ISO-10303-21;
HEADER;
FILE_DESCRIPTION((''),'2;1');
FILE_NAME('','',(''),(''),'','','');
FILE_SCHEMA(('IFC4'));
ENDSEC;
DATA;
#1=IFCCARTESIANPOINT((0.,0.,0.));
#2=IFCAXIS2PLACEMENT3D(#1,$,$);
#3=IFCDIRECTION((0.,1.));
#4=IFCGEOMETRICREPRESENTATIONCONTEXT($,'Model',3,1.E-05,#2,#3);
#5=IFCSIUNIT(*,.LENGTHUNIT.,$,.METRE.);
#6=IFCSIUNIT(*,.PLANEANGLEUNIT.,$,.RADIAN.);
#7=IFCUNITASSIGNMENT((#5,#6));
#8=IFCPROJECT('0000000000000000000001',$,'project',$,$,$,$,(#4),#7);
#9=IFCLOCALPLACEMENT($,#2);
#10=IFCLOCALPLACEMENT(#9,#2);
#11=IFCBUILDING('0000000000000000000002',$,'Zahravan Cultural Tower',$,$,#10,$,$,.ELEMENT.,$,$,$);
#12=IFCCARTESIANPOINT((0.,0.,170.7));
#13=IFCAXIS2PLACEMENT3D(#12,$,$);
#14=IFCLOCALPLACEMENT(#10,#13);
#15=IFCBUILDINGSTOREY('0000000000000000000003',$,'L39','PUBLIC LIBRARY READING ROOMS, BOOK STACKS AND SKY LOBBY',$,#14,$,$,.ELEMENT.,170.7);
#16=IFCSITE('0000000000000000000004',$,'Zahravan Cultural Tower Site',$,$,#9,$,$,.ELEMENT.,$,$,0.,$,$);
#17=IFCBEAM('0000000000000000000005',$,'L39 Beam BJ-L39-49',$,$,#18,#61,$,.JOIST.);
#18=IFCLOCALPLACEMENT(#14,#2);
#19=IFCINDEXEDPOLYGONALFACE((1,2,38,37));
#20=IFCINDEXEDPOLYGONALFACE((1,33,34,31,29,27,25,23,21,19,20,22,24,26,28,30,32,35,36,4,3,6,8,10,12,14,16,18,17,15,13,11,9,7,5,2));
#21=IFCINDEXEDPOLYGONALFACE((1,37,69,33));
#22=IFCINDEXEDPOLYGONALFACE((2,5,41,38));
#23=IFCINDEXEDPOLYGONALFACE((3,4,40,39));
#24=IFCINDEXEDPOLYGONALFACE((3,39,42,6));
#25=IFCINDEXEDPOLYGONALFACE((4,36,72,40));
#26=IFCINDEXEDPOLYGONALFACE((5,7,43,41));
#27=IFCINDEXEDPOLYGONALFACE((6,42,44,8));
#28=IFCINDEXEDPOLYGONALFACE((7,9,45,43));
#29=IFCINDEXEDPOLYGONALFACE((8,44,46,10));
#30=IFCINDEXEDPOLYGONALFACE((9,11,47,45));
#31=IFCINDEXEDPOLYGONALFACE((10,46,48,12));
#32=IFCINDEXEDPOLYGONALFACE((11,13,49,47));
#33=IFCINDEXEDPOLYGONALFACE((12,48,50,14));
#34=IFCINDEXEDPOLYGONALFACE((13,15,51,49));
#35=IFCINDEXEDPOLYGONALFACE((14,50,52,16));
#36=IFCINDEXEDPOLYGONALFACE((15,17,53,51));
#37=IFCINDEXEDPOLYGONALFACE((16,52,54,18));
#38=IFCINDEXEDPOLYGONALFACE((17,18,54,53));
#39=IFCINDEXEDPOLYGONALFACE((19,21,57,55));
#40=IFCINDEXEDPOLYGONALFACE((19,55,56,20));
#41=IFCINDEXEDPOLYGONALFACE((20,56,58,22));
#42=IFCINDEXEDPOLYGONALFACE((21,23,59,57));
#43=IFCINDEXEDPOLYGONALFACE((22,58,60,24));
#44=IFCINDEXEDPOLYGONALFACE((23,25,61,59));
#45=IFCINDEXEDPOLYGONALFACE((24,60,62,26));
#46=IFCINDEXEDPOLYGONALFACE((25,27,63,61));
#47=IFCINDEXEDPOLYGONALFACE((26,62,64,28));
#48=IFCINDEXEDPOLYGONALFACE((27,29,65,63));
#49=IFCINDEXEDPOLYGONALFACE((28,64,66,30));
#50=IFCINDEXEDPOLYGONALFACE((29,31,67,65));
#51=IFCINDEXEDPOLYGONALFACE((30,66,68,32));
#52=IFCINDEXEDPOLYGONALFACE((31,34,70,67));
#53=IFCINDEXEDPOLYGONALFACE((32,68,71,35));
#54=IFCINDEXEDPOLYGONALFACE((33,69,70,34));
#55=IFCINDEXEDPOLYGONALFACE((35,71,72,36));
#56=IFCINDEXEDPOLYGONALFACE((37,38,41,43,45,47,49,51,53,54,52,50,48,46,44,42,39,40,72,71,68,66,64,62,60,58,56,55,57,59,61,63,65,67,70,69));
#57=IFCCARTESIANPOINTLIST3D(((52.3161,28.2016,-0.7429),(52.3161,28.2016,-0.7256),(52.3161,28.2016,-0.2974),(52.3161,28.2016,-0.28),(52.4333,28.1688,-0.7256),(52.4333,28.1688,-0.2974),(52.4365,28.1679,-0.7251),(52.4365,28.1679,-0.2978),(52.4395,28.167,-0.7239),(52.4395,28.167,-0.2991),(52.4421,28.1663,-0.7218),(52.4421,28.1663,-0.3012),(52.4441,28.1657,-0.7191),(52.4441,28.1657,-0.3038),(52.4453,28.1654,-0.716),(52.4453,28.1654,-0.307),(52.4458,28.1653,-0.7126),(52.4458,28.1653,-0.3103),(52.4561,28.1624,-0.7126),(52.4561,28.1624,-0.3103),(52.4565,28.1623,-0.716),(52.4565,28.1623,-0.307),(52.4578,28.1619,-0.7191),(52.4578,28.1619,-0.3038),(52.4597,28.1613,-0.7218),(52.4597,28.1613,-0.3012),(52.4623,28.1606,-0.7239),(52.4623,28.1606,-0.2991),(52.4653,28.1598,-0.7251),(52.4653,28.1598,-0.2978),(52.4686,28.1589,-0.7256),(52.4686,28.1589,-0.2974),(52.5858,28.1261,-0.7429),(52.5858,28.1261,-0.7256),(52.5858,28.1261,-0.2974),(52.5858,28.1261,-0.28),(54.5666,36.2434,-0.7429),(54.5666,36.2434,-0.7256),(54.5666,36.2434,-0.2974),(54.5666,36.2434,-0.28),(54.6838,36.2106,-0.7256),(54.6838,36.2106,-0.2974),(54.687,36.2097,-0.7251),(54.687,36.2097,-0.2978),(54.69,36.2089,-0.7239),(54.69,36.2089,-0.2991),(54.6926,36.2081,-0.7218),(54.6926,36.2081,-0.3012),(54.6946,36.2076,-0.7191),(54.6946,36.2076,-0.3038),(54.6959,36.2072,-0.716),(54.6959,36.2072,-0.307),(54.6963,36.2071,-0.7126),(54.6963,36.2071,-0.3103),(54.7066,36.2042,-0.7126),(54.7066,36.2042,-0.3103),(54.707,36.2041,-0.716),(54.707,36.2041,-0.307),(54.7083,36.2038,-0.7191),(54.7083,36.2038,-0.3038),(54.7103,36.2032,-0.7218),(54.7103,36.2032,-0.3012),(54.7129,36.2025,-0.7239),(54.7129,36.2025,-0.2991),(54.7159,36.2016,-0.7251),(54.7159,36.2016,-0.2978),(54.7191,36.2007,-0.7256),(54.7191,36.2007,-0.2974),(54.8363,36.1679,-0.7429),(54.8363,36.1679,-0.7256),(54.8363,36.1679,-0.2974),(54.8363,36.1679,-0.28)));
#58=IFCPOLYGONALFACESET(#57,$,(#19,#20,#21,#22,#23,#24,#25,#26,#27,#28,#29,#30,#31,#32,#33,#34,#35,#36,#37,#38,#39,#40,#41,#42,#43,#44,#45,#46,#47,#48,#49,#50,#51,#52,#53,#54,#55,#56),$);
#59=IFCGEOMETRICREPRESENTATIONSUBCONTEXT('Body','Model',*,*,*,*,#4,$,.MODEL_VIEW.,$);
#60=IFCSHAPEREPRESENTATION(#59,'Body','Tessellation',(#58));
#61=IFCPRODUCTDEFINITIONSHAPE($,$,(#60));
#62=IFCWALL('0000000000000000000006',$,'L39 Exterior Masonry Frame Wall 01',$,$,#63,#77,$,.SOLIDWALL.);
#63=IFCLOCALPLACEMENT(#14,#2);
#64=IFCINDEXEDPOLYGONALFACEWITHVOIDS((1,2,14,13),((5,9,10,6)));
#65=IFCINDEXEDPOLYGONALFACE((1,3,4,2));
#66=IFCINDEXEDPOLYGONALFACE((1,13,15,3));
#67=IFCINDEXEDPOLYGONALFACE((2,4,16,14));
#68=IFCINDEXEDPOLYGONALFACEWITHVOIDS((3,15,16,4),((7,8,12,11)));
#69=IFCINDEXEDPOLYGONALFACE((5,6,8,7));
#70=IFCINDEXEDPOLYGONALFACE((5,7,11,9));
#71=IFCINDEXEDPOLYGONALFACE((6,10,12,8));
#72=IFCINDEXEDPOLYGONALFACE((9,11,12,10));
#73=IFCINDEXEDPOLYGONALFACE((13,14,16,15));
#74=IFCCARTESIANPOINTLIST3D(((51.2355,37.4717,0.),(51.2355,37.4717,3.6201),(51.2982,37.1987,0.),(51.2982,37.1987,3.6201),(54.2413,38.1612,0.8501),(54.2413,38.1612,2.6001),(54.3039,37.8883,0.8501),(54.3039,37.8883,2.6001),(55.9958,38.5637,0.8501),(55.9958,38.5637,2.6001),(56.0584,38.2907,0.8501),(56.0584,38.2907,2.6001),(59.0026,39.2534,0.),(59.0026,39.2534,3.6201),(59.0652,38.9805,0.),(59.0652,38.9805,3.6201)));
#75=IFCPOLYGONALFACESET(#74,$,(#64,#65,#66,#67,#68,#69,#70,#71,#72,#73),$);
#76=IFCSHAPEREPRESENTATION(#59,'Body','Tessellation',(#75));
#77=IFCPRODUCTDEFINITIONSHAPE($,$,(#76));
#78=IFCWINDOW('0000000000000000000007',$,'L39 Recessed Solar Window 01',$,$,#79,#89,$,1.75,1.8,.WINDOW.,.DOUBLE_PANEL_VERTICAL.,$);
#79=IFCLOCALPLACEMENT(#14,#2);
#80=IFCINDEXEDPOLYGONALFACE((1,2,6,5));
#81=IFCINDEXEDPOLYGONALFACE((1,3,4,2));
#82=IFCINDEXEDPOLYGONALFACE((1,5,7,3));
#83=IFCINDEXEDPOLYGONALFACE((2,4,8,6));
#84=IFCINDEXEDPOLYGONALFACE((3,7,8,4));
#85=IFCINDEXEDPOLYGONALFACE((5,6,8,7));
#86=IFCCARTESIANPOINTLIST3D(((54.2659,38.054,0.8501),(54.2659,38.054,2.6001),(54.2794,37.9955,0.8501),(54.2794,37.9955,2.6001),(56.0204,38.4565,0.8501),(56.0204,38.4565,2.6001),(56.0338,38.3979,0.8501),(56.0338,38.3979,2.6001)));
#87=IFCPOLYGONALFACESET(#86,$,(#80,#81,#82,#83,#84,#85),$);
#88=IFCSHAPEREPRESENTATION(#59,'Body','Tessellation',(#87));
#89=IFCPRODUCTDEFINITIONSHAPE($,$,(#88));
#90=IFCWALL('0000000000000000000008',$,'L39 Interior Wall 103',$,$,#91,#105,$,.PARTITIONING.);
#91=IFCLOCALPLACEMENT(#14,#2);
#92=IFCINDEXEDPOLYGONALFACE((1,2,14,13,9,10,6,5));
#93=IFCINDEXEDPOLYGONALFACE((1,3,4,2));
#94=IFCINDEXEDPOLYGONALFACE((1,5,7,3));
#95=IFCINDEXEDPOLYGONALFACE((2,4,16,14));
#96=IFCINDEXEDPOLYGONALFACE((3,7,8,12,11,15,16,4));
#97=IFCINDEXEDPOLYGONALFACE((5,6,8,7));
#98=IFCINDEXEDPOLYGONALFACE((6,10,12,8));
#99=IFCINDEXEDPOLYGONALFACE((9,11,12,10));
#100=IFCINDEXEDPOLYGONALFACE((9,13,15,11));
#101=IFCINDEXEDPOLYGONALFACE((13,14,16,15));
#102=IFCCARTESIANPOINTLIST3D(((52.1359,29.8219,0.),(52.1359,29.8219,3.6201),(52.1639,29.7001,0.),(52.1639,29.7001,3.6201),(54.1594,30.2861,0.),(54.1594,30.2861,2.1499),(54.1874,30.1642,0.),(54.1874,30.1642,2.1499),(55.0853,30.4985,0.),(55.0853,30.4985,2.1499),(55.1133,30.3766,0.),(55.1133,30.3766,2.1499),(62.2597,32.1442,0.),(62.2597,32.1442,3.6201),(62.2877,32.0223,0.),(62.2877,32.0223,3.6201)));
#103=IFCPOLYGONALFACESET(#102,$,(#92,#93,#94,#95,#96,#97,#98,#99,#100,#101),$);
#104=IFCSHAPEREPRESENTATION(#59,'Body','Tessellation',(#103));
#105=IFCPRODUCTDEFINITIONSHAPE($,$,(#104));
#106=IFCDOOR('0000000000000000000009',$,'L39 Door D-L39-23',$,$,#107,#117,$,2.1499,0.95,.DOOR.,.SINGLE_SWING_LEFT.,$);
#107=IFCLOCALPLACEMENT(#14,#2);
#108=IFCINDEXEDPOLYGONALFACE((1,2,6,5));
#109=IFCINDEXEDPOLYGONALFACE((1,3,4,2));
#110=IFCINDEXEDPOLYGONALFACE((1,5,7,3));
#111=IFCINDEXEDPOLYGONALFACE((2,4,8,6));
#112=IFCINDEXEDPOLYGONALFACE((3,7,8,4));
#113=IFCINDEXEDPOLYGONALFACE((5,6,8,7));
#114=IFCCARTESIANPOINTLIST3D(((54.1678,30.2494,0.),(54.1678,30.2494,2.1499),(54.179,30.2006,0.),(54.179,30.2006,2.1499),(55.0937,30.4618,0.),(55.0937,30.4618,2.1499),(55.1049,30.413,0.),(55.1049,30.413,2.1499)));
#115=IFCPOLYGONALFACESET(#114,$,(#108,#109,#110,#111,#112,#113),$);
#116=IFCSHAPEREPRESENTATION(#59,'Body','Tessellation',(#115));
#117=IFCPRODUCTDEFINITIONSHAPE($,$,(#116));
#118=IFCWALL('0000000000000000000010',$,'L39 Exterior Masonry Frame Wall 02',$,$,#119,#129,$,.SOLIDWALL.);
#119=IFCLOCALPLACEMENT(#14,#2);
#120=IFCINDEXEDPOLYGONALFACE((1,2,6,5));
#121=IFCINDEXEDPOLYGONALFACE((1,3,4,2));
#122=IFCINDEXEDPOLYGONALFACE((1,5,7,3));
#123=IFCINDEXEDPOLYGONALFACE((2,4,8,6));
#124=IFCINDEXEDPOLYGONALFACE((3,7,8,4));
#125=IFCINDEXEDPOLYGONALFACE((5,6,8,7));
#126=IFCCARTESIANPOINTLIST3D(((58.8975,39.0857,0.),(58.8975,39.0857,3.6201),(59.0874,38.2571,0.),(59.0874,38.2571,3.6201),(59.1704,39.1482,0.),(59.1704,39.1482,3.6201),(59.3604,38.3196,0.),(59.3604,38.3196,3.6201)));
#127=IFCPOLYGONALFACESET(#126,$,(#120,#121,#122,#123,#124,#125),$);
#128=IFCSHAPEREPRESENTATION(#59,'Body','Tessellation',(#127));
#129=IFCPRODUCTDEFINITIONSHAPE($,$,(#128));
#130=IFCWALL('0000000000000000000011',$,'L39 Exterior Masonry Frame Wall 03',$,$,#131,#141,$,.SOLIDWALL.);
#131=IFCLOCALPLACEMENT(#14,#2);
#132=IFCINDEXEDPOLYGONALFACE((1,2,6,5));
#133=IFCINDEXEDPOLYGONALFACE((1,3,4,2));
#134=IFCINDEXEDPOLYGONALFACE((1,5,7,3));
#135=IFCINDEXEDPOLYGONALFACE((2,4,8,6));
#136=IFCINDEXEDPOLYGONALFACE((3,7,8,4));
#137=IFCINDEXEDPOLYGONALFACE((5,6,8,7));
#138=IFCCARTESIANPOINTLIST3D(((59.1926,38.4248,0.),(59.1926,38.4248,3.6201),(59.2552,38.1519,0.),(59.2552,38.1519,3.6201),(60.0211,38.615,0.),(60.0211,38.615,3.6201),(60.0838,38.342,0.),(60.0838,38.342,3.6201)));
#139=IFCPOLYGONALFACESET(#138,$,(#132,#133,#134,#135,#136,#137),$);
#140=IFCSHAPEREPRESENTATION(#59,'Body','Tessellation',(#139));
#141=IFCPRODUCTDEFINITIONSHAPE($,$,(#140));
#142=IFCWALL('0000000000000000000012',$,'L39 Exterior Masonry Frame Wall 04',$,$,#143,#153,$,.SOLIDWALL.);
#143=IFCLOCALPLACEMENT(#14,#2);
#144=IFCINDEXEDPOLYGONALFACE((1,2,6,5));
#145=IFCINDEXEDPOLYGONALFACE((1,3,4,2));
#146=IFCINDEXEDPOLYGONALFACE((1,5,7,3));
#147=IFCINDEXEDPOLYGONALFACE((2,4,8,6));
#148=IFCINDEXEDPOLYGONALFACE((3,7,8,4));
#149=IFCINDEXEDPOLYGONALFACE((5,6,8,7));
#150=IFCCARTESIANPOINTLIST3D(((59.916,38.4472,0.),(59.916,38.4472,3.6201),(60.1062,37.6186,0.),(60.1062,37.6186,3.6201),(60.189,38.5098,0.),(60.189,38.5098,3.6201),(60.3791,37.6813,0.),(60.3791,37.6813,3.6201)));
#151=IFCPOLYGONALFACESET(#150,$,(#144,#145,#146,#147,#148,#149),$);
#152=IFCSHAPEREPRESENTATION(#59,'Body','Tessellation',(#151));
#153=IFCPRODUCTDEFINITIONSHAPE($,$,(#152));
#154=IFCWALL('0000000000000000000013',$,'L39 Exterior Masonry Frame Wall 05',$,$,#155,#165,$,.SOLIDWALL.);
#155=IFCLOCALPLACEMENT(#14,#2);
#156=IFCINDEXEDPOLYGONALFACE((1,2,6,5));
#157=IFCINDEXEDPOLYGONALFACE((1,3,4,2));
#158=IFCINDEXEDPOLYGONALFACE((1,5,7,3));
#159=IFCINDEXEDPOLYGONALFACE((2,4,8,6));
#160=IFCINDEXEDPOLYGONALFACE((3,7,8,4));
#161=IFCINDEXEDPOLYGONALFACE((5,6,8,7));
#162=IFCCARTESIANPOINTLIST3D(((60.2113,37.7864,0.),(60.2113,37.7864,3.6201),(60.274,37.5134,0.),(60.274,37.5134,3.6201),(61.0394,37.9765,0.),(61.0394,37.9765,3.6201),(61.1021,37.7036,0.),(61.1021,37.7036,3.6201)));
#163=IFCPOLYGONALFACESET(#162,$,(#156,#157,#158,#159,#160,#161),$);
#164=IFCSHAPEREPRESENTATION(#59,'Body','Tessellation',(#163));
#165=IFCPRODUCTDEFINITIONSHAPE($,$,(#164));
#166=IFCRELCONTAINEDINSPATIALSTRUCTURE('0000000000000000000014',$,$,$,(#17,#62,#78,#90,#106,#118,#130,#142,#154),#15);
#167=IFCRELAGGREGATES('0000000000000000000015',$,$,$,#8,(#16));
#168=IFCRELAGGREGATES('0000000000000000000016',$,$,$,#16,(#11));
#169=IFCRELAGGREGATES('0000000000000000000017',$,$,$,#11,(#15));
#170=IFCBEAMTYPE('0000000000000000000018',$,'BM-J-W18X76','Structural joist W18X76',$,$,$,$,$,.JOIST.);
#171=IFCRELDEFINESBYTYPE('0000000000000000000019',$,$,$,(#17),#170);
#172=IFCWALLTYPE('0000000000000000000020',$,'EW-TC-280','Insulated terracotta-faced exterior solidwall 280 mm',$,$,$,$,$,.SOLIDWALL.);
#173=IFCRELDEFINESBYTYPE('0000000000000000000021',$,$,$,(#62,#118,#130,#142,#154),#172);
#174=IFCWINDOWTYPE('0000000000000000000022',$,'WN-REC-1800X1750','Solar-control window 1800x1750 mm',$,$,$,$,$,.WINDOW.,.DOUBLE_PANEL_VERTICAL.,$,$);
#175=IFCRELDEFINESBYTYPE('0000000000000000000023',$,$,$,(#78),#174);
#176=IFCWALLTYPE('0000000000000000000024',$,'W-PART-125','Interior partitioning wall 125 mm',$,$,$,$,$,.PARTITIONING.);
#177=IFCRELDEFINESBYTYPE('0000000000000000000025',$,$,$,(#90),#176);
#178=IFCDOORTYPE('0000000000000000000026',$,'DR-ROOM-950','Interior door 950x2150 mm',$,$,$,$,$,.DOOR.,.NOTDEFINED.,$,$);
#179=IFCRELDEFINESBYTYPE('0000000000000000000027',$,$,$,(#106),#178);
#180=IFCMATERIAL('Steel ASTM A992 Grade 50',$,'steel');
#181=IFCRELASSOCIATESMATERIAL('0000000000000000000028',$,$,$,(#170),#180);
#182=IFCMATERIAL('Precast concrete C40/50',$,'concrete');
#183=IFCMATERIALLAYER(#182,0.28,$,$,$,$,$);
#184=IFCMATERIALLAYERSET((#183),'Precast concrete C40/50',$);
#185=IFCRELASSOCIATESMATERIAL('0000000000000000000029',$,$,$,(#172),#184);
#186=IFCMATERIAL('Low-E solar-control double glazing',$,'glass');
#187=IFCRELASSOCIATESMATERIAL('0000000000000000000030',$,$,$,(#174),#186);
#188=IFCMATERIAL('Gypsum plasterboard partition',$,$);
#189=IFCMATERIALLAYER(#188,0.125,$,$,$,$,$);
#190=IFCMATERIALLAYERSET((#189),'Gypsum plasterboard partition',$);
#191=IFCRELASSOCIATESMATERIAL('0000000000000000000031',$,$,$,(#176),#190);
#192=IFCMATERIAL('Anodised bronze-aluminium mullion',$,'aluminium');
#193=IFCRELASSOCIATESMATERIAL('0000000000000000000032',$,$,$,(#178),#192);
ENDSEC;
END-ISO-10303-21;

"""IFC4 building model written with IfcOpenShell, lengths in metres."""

from ifc_helpers import new_model, si_unit, direction, frame, frame_2d, origin, origin_2d, place, context, subcontext, project, spatial, rectangle, i_section, extrude, source, transform, mapped, material, layer, layer_set, material_profile, profile_set, type_object, element, fill, save


model = new_model("IFC4")

# Units and contexts
model_context = context("Model", 3, precision=1e-05, world=origin(), true_north=direction((0.0, 1.0)))
body_context = subcontext(model_context, "Body", "Model", "MODEL_VIEW")
ifc_project = project(units=[si_unit("LENGTHUNIT", "METRE"), si_unit("PLANEANGLEUNIT", "RADIAN")], contexts=[model_context])

# Site, building, storey
site_placement = place(None, origin())
site = spatial("IfcSite", under=ifc_project, at=site_placement, Name="Zahravan Cultural Tower Site", CompositionType="ELEMENT", RefElevation=0.0)
building_placement = place(site_placement, origin())
building = spatial("IfcBuilding", under=site, at=building_placement, Name="Zahravan Cultural Tower", CompositionType="ELEMENT")
storey_placement = place(building_placement, frame((0.0, 0.0, 170.7)))
storey = spatial("IfcBuildingStorey", under=building, at=storey_placement, Name="L39", Description="PUBLIC LIBRARY READING ROOMS, BOOK STACKS AND SKY LOBBY", CompositionType="ELEMENT", Elevation=170.7)

# Shared definitions
ifc_material_1 = material(Name="Steel ASTM A992 Grade 50", Category="steel")

# Beam
ifc_material_profile_1 = material_profile(ifc_material_1, i_section(OverallWidth=0.28, OverallDepth=0.4629, WebThickness=0.0107, FlangeThickness=0.0173, FilletRadius=0.0129, at=origin_2d()), Name="W18X76")
ifc_profile_set_1 = profile_set([ifc_material_profile_1], Name="Steel ASTM A992 Grade 50")
beam_type_1 = type_object("IfcBeamType", Name="BM-J-W18X76", Description="Structural joist W18X76", PredefinedType="JOIST", material=ifc_profile_set_1)
shared_shape_1 = source(origin(), body_context, "Body", "SweptSolid", [
    extrude(i_section(OverallWidth=0.28, OverallDepth=0.4629, WebThickness=0.0107, FlangeThickness=0.0173, FilletRadius=0.0129, at=origin_2d()), origin(), (0.0, 0.0, 1.0), 8.3508),
])
beam_1_placement = place(storey_placement, frame((52.4509, 28.1638, -0.5115), z_axis=(0.269497, 0.963001, 0.0), x_axis=(-0.963001, 0.269497, 0.0)))
element("IfcBeam", 1, at=beam_1_placement, inside=storey, type_object=beam_type_1, Name="L39 Beam BJ-L39-49", PredefinedType="JOIST", context=body_context, shape_type="MappedRepresentation", body=[
    mapped(shared_shape_1, transform((0.0, 0.0, 0.0), x_axis=(1.0, 0.0, 0.0), y_axis=(0.0, 1.0, 0.0), z_axis=(0.0, 0.0, 1.0), scale=1.0)),
])

# Wall, opening, window
ifc_material_2 = material(Name="Precast concrete C40/50", Category="concrete")
ifc_layer_1 = layer(ifc_material_2, 0.28)
ifc_layer_set_1 = layer_set([ifc_layer_1], Name="Precast concrete C40/50")
wall_type_1 = type_object("IfcWallType", Name="EW-TC-280", Description="Insulated terracotta-faced exterior solidwall 280 mm", PredefinedType="SOLIDWALL", material=ifc_layer_set_1)
wall_1_placement = place(storey_placement, frame((51.2668, 37.3352, 0.0), z_axis=(0.0, 0.0, 1.0), x_axis=(0.974684, 0.223588, 0.0)))
wall_1 = element("IfcWall", 2, at=wall_1_placement, inside=storey, type_object=wall_type_1, Name="L39 Exterior Masonry Frame Wall 01", PredefinedType="SOLIDWALL", context=body_context, shape_type="SweptSolid", body=[
    extrude(rectangle(XDim=7.9688, YDim=0.28, at=frame_2d((3.9844, 0.0))), origin(), (0.0, 0.0, 1.0), 3.6201),
])
opening_1_placement = place(wall_1_placement, frame((3.084, 0.0, 0.8501)))
opening_1 = element("IfcOpeningElement", 3, at=opening_1_placement, cuts=wall_1, PredefinedType="OPENING", context=body_context, shape_type="SweptSolid", body=[
    extrude(rectangle(XDim=1.8, YDim=1.75, at=frame_2d((0.8999, 0.875))), frame((0.0, 0.1499, 0.0), z_axis=(0.0, -1.0, 0.0), x_axis=(1.0, 0.0, 0.0)), (0.0, 0.0, 1.0), 0.3),
])
ifc_material_3 = material(Name="Low-E solar-control double glazing", Category="glass")
window_type = type_object("IfcWindowType", Name="WN-REC-1800X1750", Description="Solar-control window 1800x1750 mm", PartitioningType="DOUBLE_PANEL_VERTICAL", PredefinedType="WINDOW", material=ifc_material_3)
shared_shape_2 = source(origin(), body_context, "Body", "SweptSolid", [
    extrude(rectangle(XDim=1.8, YDim=1.75, at=frame_2d((0.8999, 0.875))), frame((0.0, 0.03, 0.0), z_axis=(0.0, -1.0, 0.0), x_axis=(1.0, 0.0, 0.0)), (0.0, 0.0, 1.0), 0.0601),
])
window_placement = place(opening_1_placement, origin())
window = element("IfcWindow", 4, at=window_placement, inside=storey, type_object=window_type, Name="L39 Recessed Solar Window 01", OverallHeight=1.75, OverallWidth=1.8, PartitioningType="DOUBLE_PANEL_VERTICAL", PredefinedType="WINDOW", context=body_context, shape_type="MappedRepresentation", body=[
    mapped(shared_shape_2, transform((0.0, 0.0, 0.0), x_axis=(1.0, 0.0, 0.0), y_axis=(0.0, 1.0, 0.0), z_axis=(0.0, 0.0, 1.0), scale=1.0)),
])
fill(opening_1, window)

# Wall, opening, door
ifc_material_4 = material(Name="Gypsum plasterboard partition")
ifc_layer_2 = layer(ifc_material_4, 0.125)
ifc_layer_set_2 = layer_set([ifc_layer_2], Name="Gypsum plasterboard partition")
wall_type_2 = type_object("IfcWallType", Name="W-PART-125", Description="Interior partitioning wall 125 mm", PredefinedType="PARTITIONING", material=ifc_layer_set_2)
wall_2_placement = place(storey_placement, frame((52.1499, 29.761, 0.0), z_axis=(0.0, 0.0, 1.0), x_axis=(0.974685, 0.22358, 0.0)))
wall_2 = element("IfcWall", 5, at=wall_2_placement, inside=storey, type_object=wall_type_2, Name="L39 Interior Wall 103", PredefinedType="PARTITIONING", context=body_context, shape_type="SweptSolid", body=[
    extrude(rectangle(XDim=10.3867, YDim=0.125, at=frame_2d((5.1934, 0.0))), origin(), (0.0, 0.0, 1.0), 3.6201),
])
opening_2_placement = place(wall_2_placement, frame((2.0759, 0.0, 0.0)))
opening_2 = element("IfcOpeningElement", 6, at=opening_2_placement, cuts=wall_2, PredefinedType="OPENING", context=body_context, shape_type="SweptSolid", body=[
    extrude(rectangle(XDim=0.95, YDim=2.1499, at=frame_2d((0.4751, 1.075))), frame((0.0, 0.0725, 0.0), z_axis=(0.0, -1.0, 0.0), x_axis=(1.0, 0.0, 0.0)), (0.0, 0.0, 1.0), 0.145),
])
ifc_material_5 = material(Name="Anodised bronze-aluminium mullion", Category="aluminium")
door_type = type_object("IfcDoorType", Name="DR-ROOM-950", Description="Interior door 950x2150 mm", OperationType="NOTDEFINED", PredefinedType="DOOR", material=ifc_material_5)
shared_shape_3 = source(origin(), body_context, "Body", "SweptSolid", [
    extrude(rectangle(XDim=0.95, YDim=2.1499, at=frame_2d((0.4751, 1.075))), frame((0.0, 0.0249, 0.0), z_axis=(0.0, -1.0, 0.0), x_axis=(1.0, 0.0, 0.0)), (0.0, 0.0, 1.0), 0.05),
])
door_placement = place(opening_2_placement, origin())
door = element("IfcDoor", 7, at=door_placement, inside=storey, type_object=door_type, Name="L39 Door D-L39-23", OperationType="SINGLE_SWING_LEFT", OverallHeight=2.1499, OverallWidth=0.95, PredefinedType="DOOR", context=body_context, shape_type="MappedRepresentation", body=[
    mapped(shared_shape_3, transform((0.0, 0.0, 0.0), x_axis=(1.0, 0.0, 0.0), y_axis=(0.0, 1.0, 0.0), z_axis=(0.0, 0.0, 1.0), scale=1.0)),
])
fill(opening_2, door)

# Walls
shared_shape_4 = source(origin(), body_context, "Body", "SweptSolid", [
    extrude(rectangle(XDim=0.8501, YDim=0.28, at=frame_2d((0.425, 0.0))), origin(), (0.0, 0.0, 1.0), 3.6201),
])
for number, where, z_axis, x_axis, name in (
    (8, (59.0339, 39.1169, 0.0), (0.0, 0.0, 1.0), (0.223433, -0.974719, 0.0), "L39 Exterior Masonry Frame Wall 02"),
    (9, (59.2239, 38.2883, 0.0), (0.0, 0.0, 1.0), (0.974657, 0.223706, 0.0), "L39 Exterior Masonry Frame Wall 03"),
    (10, (60.0525, 38.4785, 0.0), (0.0, 0.0, 1.0), (0.223706, -0.974657, 0.0), "L39 Exterior Masonry Frame Wall 04"),
):
    element("IfcWall", number, at=place(storey_placement, frame(where, z_axis=z_axis, x_axis=x_axis)), inside=storey, type_object=wall_type_1, Name=name, PredefinedType="SOLIDWALL", context=body_context, shape_type="MappedRepresentation", body=[
        mapped(shared_shape_4, transform((0.0, 0.0, 0.0), x_axis=(1.0, 0.0, 0.0), y_axis=(0.0, 1.0, 0.0), z_axis=(0.0, 0.0, 1.0), scale=1.0)),
    ])
shared_shape_5 = source(origin(), body_context, "Body", "SweptSolid", [
    extrude(rectangle(XDim=0.8496, YDim=0.28, at=frame_2d((0.4248, 0.0))), origin(), (0.0, 0.0, 1.0), 3.6201),
])
wall_3_placement = place(storey_placement, frame((60.2427, 37.6499, 0.0), z_axis=(0.0, 0.0, 1.0), x_axis=(0.974628, 0.223831, 0.0)))
element("IfcWall", 11, at=wall_3_placement, inside=storey, type_object=wall_type_1, Name="L39 Exterior Masonry Frame Wall 05", PredefinedType="SOLIDWALL", context=body_context, shape_type="MappedRepresentation", body=[
    mapped(shared_shape_5, transform((0.0, 0.0, 0.0), x_axis=(1.0, 0.0, 0.0), y_axis=(0.0, 1.0, 0.0), z_axis=(0.0, 0.0, 1.0), scale=1.0)),
])

save(model, "model.ifc")
